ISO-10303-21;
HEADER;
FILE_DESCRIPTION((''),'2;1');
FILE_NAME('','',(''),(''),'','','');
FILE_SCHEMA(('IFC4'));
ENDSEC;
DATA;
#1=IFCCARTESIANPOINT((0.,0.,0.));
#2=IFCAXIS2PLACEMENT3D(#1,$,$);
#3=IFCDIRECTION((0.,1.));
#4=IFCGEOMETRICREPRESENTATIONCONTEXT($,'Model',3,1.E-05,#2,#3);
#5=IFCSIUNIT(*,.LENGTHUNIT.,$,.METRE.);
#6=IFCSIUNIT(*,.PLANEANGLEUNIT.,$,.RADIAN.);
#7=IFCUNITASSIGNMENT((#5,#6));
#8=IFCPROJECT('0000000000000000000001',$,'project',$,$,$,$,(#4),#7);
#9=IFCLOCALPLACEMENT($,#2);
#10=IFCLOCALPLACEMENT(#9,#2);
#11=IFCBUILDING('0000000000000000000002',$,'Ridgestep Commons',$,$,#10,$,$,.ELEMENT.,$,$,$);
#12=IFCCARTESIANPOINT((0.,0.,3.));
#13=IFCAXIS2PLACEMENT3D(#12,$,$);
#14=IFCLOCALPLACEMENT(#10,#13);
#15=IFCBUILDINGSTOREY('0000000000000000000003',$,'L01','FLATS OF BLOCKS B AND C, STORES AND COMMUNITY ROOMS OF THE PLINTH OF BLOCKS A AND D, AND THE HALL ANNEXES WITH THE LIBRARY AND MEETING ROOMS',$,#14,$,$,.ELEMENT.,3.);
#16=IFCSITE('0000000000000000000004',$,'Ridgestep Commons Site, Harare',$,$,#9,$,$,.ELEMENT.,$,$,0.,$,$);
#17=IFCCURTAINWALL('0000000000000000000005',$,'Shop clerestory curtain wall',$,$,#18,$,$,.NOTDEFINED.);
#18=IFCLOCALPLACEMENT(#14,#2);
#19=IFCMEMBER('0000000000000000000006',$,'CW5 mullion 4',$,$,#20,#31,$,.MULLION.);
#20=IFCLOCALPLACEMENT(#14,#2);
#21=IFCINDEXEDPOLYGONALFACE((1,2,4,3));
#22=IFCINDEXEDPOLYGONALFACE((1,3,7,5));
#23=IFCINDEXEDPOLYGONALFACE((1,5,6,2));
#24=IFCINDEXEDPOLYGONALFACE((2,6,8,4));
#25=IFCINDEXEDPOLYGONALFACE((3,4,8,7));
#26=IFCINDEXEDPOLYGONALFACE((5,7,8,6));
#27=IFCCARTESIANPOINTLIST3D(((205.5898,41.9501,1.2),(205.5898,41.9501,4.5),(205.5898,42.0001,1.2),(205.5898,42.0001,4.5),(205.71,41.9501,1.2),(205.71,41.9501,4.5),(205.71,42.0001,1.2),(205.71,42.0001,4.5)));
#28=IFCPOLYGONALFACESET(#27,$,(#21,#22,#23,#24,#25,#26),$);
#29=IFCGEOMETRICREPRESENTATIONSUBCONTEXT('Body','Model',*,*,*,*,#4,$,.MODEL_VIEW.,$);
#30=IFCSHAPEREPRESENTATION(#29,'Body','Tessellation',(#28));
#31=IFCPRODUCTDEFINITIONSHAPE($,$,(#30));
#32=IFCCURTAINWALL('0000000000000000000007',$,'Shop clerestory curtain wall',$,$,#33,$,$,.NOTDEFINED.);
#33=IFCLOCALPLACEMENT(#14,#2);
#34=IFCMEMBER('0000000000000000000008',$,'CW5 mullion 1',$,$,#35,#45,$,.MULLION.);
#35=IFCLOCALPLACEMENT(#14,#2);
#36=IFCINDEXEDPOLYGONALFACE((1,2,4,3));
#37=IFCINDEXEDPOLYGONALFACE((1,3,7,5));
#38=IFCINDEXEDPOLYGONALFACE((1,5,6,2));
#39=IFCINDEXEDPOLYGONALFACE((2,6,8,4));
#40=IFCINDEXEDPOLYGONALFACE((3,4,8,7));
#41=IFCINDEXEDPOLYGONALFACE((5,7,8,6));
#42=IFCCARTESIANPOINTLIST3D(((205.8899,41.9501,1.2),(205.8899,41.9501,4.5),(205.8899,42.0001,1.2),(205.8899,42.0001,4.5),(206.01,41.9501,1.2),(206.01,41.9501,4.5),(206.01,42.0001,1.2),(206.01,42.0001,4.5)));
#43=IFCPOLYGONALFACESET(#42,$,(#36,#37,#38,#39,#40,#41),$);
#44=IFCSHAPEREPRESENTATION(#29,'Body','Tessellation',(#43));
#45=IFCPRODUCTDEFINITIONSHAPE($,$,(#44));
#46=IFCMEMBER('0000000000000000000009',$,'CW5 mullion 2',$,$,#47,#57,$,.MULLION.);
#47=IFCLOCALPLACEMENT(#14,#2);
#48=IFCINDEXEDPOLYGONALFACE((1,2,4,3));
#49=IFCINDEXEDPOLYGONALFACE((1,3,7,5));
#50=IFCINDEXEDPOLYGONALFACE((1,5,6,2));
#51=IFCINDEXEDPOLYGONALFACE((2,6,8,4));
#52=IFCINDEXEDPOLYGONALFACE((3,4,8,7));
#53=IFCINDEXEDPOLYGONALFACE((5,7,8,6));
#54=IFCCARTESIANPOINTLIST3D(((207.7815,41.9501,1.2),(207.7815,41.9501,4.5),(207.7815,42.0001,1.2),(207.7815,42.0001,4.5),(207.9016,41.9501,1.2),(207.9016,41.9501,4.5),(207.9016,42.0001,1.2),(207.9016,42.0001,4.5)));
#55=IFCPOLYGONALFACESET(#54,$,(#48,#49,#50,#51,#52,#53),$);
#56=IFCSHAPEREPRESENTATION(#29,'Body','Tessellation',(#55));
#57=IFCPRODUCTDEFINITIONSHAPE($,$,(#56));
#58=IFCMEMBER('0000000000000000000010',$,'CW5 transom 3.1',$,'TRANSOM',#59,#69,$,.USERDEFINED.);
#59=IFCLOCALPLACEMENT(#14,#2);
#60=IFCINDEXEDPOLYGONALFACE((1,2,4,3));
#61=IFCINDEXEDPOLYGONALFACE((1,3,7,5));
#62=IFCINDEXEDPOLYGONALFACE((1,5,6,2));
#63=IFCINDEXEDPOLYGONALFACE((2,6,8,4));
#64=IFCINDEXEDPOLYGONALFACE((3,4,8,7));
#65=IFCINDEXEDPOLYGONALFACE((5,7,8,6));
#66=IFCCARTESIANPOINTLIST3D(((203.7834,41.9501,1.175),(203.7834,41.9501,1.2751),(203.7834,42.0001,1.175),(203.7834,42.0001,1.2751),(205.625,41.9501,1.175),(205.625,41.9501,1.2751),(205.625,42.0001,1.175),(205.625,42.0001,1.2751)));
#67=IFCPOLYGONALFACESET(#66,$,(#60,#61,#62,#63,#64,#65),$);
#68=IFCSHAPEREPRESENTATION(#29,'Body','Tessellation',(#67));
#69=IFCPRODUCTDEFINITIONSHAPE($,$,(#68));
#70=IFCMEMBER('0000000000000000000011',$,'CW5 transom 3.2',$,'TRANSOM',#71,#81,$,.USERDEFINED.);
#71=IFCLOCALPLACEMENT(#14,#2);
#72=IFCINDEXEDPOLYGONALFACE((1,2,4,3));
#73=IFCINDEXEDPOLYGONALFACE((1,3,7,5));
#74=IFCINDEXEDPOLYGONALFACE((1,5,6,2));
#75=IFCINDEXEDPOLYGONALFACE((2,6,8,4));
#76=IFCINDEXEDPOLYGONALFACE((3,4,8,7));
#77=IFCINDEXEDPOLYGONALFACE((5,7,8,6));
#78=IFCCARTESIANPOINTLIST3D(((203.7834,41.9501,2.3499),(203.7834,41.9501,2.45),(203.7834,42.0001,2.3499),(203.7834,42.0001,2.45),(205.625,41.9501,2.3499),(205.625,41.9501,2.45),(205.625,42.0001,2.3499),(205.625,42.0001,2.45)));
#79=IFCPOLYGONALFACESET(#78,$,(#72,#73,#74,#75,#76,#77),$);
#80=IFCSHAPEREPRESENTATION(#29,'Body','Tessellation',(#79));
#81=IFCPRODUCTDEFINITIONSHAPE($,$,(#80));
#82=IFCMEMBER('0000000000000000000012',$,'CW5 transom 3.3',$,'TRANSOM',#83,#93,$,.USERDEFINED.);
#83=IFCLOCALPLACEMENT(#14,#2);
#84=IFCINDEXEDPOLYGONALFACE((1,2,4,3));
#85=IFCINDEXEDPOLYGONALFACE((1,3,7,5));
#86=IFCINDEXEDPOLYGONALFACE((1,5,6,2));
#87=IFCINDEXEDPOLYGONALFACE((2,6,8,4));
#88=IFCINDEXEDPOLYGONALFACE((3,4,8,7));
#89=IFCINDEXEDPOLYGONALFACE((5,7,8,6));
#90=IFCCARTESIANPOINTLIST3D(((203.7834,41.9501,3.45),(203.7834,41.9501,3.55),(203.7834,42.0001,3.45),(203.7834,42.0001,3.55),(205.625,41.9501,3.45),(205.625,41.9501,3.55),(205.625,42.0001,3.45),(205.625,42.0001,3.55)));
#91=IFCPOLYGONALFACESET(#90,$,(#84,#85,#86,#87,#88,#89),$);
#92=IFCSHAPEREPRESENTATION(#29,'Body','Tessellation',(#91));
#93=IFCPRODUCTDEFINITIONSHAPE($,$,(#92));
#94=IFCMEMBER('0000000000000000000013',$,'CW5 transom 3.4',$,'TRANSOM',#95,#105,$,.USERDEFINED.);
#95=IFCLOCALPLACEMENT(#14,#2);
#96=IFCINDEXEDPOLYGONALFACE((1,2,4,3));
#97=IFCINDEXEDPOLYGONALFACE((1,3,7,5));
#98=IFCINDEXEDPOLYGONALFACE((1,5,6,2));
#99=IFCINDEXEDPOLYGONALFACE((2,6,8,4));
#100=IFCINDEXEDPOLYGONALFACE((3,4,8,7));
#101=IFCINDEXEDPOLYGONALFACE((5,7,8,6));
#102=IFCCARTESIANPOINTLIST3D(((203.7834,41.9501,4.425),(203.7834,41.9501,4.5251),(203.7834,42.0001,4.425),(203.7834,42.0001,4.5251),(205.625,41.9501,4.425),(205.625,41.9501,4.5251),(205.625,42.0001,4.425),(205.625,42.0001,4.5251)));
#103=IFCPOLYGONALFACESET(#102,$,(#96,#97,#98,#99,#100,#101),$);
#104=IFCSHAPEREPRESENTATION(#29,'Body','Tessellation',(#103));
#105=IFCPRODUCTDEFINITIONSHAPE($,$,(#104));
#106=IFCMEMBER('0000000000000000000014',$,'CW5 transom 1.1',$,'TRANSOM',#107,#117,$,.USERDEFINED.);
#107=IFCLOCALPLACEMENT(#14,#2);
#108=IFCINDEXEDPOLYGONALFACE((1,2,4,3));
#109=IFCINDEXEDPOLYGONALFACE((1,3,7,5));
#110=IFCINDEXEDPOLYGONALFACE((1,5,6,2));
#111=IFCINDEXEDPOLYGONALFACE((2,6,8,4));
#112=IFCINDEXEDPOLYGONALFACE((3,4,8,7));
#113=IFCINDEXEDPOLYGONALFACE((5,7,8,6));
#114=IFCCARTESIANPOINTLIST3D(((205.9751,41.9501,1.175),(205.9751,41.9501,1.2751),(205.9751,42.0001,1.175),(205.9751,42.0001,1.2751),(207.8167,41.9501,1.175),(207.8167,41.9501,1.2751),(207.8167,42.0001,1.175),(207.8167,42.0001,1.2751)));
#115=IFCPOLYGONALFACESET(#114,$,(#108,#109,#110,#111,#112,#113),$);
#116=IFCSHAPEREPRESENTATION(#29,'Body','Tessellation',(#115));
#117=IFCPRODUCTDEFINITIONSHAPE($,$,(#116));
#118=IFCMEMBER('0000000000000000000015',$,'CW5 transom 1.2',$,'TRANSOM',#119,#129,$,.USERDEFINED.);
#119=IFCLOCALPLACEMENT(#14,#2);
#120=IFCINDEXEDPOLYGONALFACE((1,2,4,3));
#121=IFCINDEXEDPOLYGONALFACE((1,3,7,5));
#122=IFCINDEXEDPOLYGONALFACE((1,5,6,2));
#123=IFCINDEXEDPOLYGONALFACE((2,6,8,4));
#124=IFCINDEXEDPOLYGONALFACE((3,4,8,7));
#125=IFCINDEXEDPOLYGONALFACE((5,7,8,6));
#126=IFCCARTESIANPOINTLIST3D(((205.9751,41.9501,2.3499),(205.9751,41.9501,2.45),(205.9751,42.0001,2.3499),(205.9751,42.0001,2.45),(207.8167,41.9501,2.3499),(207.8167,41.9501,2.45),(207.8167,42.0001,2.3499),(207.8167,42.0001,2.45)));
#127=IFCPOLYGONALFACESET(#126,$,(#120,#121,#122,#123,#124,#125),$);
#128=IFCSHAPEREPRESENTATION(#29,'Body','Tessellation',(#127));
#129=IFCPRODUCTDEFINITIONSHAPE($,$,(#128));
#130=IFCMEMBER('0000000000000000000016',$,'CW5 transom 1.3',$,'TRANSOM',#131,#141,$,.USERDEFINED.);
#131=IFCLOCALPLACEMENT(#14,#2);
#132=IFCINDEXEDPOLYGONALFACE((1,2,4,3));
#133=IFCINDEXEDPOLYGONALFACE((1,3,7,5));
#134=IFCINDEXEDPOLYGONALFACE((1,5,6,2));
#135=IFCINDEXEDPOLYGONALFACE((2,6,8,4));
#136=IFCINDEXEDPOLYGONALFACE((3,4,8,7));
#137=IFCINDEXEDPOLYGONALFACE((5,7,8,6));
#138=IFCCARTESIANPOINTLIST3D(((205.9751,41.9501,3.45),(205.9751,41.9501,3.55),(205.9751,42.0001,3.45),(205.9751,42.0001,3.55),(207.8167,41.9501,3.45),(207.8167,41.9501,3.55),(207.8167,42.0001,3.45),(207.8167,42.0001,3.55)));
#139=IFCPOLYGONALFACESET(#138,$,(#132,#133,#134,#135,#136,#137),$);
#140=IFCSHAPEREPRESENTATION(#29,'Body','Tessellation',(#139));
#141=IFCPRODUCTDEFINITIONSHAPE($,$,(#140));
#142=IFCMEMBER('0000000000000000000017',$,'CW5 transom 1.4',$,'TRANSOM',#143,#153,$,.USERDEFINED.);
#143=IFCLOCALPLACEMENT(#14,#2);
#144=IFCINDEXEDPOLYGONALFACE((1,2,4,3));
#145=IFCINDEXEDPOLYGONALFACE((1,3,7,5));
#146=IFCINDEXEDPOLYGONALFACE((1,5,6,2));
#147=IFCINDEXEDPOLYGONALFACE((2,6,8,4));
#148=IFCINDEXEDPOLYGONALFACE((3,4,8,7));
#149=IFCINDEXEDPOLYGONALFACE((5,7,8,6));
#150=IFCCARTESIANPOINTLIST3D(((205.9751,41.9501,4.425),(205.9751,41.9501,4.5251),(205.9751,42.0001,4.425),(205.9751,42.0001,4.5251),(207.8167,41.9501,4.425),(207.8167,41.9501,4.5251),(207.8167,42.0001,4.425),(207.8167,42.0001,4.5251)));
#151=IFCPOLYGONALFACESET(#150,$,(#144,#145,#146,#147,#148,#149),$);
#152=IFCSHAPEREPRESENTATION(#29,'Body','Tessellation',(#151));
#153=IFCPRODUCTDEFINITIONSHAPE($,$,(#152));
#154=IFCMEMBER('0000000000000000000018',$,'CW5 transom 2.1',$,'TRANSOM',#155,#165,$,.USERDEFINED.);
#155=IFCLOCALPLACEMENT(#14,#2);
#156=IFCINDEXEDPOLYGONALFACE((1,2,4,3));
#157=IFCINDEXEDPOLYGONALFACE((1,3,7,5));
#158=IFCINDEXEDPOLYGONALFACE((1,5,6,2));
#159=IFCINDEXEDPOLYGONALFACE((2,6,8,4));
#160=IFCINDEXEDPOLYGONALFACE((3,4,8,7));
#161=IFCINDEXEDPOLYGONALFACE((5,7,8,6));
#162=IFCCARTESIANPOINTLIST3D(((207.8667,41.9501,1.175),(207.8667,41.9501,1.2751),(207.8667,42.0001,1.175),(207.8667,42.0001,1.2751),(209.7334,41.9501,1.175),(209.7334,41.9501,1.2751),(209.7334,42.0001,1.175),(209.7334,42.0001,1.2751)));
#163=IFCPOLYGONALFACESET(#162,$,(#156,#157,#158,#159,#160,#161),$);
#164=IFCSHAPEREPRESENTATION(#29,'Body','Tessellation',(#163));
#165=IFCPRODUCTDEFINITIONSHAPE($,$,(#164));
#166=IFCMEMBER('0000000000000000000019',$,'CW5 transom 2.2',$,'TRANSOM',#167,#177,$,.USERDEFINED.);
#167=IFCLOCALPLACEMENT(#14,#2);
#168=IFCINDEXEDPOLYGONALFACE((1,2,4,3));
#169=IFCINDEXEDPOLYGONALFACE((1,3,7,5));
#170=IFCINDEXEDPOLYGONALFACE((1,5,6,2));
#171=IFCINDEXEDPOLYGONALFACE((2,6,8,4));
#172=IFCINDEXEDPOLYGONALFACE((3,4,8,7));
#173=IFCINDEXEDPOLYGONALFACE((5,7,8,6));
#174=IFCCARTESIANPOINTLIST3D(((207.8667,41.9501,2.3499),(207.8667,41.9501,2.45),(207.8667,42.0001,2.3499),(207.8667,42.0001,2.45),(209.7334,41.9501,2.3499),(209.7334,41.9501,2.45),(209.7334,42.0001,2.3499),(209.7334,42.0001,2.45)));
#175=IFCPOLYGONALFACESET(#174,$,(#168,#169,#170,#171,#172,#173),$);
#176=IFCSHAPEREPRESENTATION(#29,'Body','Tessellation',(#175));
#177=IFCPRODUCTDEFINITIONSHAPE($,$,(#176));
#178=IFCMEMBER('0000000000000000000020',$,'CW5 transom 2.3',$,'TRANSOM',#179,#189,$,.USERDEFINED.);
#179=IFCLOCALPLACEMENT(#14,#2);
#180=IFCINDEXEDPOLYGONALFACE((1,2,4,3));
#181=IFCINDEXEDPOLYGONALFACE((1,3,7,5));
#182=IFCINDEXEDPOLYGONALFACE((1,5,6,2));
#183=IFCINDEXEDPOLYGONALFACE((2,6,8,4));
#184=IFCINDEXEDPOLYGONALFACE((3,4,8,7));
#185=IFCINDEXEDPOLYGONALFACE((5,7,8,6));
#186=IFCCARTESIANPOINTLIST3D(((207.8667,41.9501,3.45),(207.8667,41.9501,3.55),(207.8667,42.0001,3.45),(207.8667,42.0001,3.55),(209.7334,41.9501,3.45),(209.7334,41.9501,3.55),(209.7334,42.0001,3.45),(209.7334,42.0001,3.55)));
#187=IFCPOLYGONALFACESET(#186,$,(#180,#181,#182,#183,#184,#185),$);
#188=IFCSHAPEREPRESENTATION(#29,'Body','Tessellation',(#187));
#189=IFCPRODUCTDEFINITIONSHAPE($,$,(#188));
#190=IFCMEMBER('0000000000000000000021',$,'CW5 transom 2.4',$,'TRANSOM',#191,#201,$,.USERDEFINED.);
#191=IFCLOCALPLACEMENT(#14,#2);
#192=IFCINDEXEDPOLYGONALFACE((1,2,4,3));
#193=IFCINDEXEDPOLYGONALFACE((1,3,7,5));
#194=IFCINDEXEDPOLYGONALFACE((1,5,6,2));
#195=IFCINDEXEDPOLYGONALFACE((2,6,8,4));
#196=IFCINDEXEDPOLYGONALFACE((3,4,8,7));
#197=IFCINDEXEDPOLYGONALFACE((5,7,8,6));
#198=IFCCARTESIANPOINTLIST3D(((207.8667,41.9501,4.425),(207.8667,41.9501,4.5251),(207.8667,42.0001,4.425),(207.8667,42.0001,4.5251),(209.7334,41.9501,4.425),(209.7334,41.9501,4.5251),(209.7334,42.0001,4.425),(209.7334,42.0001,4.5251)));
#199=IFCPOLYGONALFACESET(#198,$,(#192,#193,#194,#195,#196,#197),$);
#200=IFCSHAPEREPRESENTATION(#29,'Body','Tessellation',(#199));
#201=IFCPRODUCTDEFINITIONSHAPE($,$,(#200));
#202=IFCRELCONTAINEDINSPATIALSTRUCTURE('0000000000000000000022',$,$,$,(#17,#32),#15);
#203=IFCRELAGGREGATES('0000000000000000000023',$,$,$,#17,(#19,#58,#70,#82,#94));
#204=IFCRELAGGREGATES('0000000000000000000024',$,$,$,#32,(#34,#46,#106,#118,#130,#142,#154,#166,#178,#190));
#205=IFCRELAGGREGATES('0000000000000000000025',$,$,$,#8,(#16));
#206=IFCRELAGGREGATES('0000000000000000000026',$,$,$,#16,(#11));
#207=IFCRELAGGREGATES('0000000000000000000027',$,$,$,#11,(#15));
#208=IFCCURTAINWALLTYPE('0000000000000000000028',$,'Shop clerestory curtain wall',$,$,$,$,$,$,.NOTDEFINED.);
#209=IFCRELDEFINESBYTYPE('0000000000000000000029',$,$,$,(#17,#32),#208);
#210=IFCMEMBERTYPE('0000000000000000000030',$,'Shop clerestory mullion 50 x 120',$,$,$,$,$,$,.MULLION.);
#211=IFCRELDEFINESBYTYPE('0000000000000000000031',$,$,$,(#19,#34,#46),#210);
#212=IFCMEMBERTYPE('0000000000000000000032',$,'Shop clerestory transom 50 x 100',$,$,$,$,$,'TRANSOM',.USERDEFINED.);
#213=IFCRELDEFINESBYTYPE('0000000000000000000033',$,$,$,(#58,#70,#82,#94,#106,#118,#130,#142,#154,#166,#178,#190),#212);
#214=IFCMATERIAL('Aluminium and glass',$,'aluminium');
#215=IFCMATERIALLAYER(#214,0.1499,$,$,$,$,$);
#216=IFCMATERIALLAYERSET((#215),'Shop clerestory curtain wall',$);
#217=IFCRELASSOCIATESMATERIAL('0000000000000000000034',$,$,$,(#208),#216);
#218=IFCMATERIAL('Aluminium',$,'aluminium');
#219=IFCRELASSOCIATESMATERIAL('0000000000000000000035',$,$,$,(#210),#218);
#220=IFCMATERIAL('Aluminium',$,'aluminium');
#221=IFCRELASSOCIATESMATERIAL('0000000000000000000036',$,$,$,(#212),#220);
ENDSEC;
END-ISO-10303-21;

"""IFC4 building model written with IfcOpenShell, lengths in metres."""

from ifc_helpers import new_model, si_unit, direction, frame, origin, origin_2d, place, context, subcontext, project, spatial, rectangle, extrude, material, layer, layer_set, material_profile, profile_set, type_object, element, aggregate, save


model = new_model("IFC4")

# Units and contexts
model_context = context("Model", 3, precision=1e-05, world=origin(), true_north=direction((0.0, 1.0)))
body_context = subcontext(model_context, "Body", "Model", "MODEL_VIEW")
ifc_project = project(units=[si_unit("LENGTHUNIT", "METRE"), si_unit("PLANEANGLEUNIT", "RADIAN")], contexts=[model_context])

# Site, building, storey
site_placement = place(None, origin())
site = spatial("IfcSite", under=ifc_project, at=site_placement, Name="Ridgestep Commons Site, Harare", CompositionType="ELEMENT", RefElevation=0.0)
building_placement = place(site_placement, origin())
building = spatial("IfcBuilding", under=site, at=building_placement, Name="Ridgestep Commons", CompositionType="ELEMENT")
storey_placement = place(building_placement, frame((0.0, 0.0, 3.0)))
storey = spatial("IfcBuildingStorey", under=building, at=storey_placement, Name="L01", Description="FLATS OF BLOCKS B AND C, STORES AND COMMUNITY ROOMS OF THE PLINTH OF BLOCKS A AND D, AND THE HALL ANNEXES WITH THE LIBRARY AND MEETING ROOMS", CompositionType="ELEMENT", Elevation=3.0)

# Curtain wall, member
ifc_material_1 = material(Name="Aluminium and glass", Category="aluminium")
ifc_layer_1 = layer(ifc_material_1, 0.1499)
ifc_layer_set_1 = layer_set([ifc_layer_1], Name="Shop clerestory curtain wall")
curtain_wall_type = type_object("IfcCurtainWallType", Name="Shop clerestory curtain wall", PredefinedType="NOTDEFINED", material=ifc_layer_set_1)
curtain_wall_1_placement = place(storey_placement, origin())
curtain_wall_1 = element("IfcCurtainWall", 1, at=curtain_wall_1_placement, inside=storey, type_object=curtain_wall_type, Name="Shop clerestory curtain wall", PredefinedType="NOTDEFINED")
ifc_material_2 = material(Name="Aluminium", Category="aluminium")
ifc_material_profile_1 = material_profile(ifc_material_2, rectangle(XDim=0.05, YDim=0.1201, at=origin_2d()), Name="Shop clerestory mullion 50 x 120")
ifc_profile_set_1 = profile_set([ifc_material_profile_1], Name="Aluminium")
member_type_1 = type_object("IfcMemberType", Name="Shop clerestory mullion 50 x 120", PredefinedType="MULLION", material=ifc_profile_set_1)
member_1_placement = place(storey_placement, frame((205.6499, 41.9751, 1.2), z_axis=(0.0, 0.0, 1.0), x_axis=(0.0, 1.0, 0.0)))
member_1 = element("IfcMember", 2, at=member_1_placement, type_object=member_type_1, Name="CW5 mullion 4", PredefinedType="MULLION", context=body_context, shape_type="SweptSolid", body=[
    extrude(rectangle(XDim=0.05, YDim=0.1201, at=origin_2d()), origin(), (0.0, 0.0, 1.0), 3.3),
])

# Curtain wall, members
curtain_wall_2_placement = place(storey_placement, origin())
curtain_wall_2 = element("IfcCurtainWall", 3, at=curtain_wall_2_placement, inside=storey, type_object=curtain_wall_type, Name="Shop clerestory curtain wall", PredefinedType="NOTDEFINED")
member_2_placement = place(storey_placement, frame((205.95, 41.9751, 1.2), z_axis=(0.0, 0.0, 1.0), x_axis=(0.0, 1.0, 0.0)))
member_2 = element("IfcMember", 4, at=member_2_placement, type_object=member_type_1, Name="CW5 mullion 1", PredefinedType="MULLION", context=body_context, shape_type="SweptSolid", body=[
    extrude(rectangle(XDim=0.05, YDim=0.1201, at=origin_2d()), origin(), (0.0, 0.0, 1.0), 3.3),
])
member_3_placement = place(storey_placement, frame((207.8416, 41.9751, 1.2), z_axis=(0.0, 0.0, 1.0), x_axis=(0.0, 1.0, 0.0)))
member_3 = element("IfcMember", 5, at=member_3_placement, type_object=member_type_1, Name="CW5 mullion 2", PredefinedType="MULLION", context=body_context, shape_type="SweptSolid", body=[
    extrude(rectangle(XDim=0.05, YDim=0.1201, at=origin_2d()), origin(), (0.0, 0.0, 1.0), 3.3),
])

# Members
ifc_material_3 = material(Name="Aluminium", Category="aluminium")
ifc_material_profile_2 = material_profile(ifc_material_3, rectangle(XDim=0.05, YDim=0.1001, at=origin_2d()), Name="Shop clerestory transom 50 x 100")
ifc_profile_set_2 = profile_set([ifc_material_profile_2], Name="Aluminium")
member_type_2 = type_object("IfcMemberType", Name="Shop clerestory transom 50 x 100", ElementType="TRANSOM", PredefinedType="USERDEFINED", material=ifc_profile_set_2)
member_4_placement = place(storey_placement, frame((203.7834, 41.9751, 1.2251), z_axis=(1.0, 0.0, 0.0), x_axis=(0.0, 1.0, 0.0)))
member_4 = element("IfcMember", 6, at=member_4_placement, type_object=member_type_2, Name="CW5 transom 3.1", ObjectType="TRANSOM", PredefinedType="USERDEFINED", context=body_context, shape_type="SweptSolid", body=[
    extrude(rectangle(XDim=0.05, YDim=0.1001, at=origin_2d()), origin(), (0.0, 0.0, 1.0), 1.8416),
])
member_5_placement = place(storey_placement, frame((203.7834, 41.9751, 2.3999), z_axis=(1.0, 0.0, 0.0), x_axis=(0.0, 1.0, 0.0)))
member_5 = element("IfcMember", 7, at=member_5_placement, type_object=member_type_2, Name="CW5 transom 3.2", ObjectType="TRANSOM", PredefinedType="USERDEFINED", context=body_context, shape_type="SweptSolid", body=[
    extrude(rectangle(XDim=0.05, YDim=0.1001, at=origin_2d()), origin(), (0.0, 0.0, 1.0), 1.8416),
])
member_6_placement = place(storey_placement, frame((203.7834, 41.9751, 3.5), z_axis=(1.0, 0.0, 0.0), x_axis=(0.0, 1.0, 0.0)))
member_6 = element("IfcMember", 8, at=member_6_placement, type_object=member_type_2, Name="CW5 transom 3.3", ObjectType="TRANSOM", PredefinedType="USERDEFINED", context=body_context, shape_type="SweptSolid", body=[
    extrude(rectangle(XDim=0.05, YDim=0.1001, at=origin_2d()), origin(), (0.0, 0.0, 1.0), 1.8416),
])
member_7_placement = place(storey_placement, frame((203.7834, 41.9751, 4.4751), z_axis=(1.0, 0.0, 0.0), x_axis=(0.0, 1.0, 0.0)))
member_7 = element("IfcMember", 9, at=member_7_placement, type_object=member_type_2, Name="CW5 transom 3.4", ObjectType="TRANSOM", PredefinedType="USERDEFINED", context=body_context, shape_type="SweptSolid", body=[
    extrude(rectangle(XDim=0.05, YDim=0.1001, at=origin_2d()), origin(), (0.0, 0.0, 1.0), 1.8416),
])
member_8_placement = place(storey_placement, frame((205.9751, 41.9751, 1.2251), z_axis=(1.0, 0.0, 0.0), x_axis=(0.0, 1.0, 0.0)))
member_8 = element("IfcMember", 10, at=member_8_placement, type_object=member_type_2, Name="CW5 transom 1.1", ObjectType="TRANSOM", PredefinedType="USERDEFINED", context=body_context, shape_type="SweptSolid", body=[
    extrude(rectangle(XDim=0.05, YDim=0.1001, at=origin_2d()), origin(), (0.0, 0.0, 1.0), 1.8416),
])
member_9_placement = place(storey_placement, frame((205.9751, 41.9751, 2.3999), z_axis=(1.0, 0.0, 0.0), x_axis=(0.0, 1.0, 0.0)))
member_9 = element("IfcMember", 11, at=member_9_placement, type_object=member_type_2, Name="CW5 transom 1.2", ObjectType="TRANSOM", PredefinedType="USERDEFINED", context=body_context, shape_type="SweptSolid", body=[
    extrude(rectangle(XDim=0.05, YDim=0.1001, at=origin_2d()), origin(), (0.0, 0.0, 1.0), 1.8416),
])
member_10_placement = place(storey_placement, frame((205.9751, 41.9751, 3.5), z_axis=(1.0, 0.0, 0.0), x_axis=(0.0, 1.0, 0.0)))
member_10 = element("IfcMember", 12, at=member_10_placement, type_object=member_type_2, Name="CW5 transom 1.3", ObjectType="TRANSOM", PredefinedType="USERDEFINED", context=body_context, shape_type="SweptSolid", body=[
    extrude(rectangle(XDim=0.05, YDim=0.1001, at=origin_2d()), origin(), (0.0, 0.0, 1.0), 1.8416),
])
member_11_placement = place(storey_placement, frame((205.9751, 41.9751, 4.4751), z_axis=(1.0, 0.0, 0.0), x_axis=(0.0, 1.0, 0.0)))
member_11 = element("IfcMember", 13, at=member_11_placement, type_object=member_type_2, Name="CW5 transom 1.4", ObjectType="TRANSOM", PredefinedType="USERDEFINED", context=body_context, shape_type="SweptSolid", body=[
    extrude(rectangle(XDim=0.05, YDim=0.1001, at=origin_2d()), origin(), (0.0, 0.0, 1.0), 1.8416),
])
member_12_placement = place(storey_placement, frame((207.8667, 41.9751, 1.2251), z_axis=(1.0, 0.0, 0.0), x_axis=(0.0, 1.0, 0.0)))
member_12 = element("IfcMember", 14, at=member_12_placement, type_object=member_type_2, Name="CW5 transom 2.1", ObjectType="TRANSOM", PredefinedType="USERDEFINED", context=body_context, shape_type="SweptSolid", body=[
    extrude(rectangle(XDim=0.05, YDim=0.1001, at=origin_2d()), origin(), (0.0, 0.0, 1.0), 1.8667),
])
member_13_placement = place(storey_placement, frame((207.8667, 41.9751, 2.3999), z_axis=(1.0, 0.0, 0.0), x_axis=(0.0, 1.0, 0.0)))
member_13 = element("IfcMember", 15, at=member_13_placement, type_object=member_type_2, Name="CW5 transom 2.2", ObjectType="TRANSOM", PredefinedType="USERDEFINED", context=body_context, shape_type="SweptSolid", body=[
    extrude(rectangle(XDim=0.05, YDim=0.1001, at=origin_2d()), origin(), (0.0, 0.0, 1.0), 1.8667),
])
member_14_placement = place(storey_placement, frame((207.8667, 41.9751, 3.5), z_axis=(1.0, 0.0, 0.0), x_axis=(0.0, 1.0, 0.0)))
member_14 = element("IfcMember", 16, at=member_14_placement, type_object=member_type_2, Name="CW5 transom 2.3", ObjectType="TRANSOM", PredefinedType="USERDEFINED", context=body_context, shape_type="SweptSolid", body=[
    extrude(rectangle(XDim=0.05, YDim=0.1001, at=origin_2d()), origin(), (0.0, 0.0, 1.0), 1.8667),
])
member_15_placement = place(storey_placement, frame((207.8667, 41.9751, 4.4751), z_axis=(1.0, 0.0, 0.0), x_axis=(0.0, 1.0, 0.0)))
member_15 = element("IfcMember", 17, at=member_15_placement, type_object=member_type_2, Name="CW5 transom 2.4", ObjectType="TRANSOM", PredefinedType="USERDEFINED", context=body_context, shape_type="SweptSolid", body=[
    extrude(rectangle(XDim=0.05, YDim=0.1001, at=origin_2d()), origin(), (0.0, 0.0, 1.0), 1.8667),
])

aggregate(curtain_wall_1, [member_1, member_4, member_5, member_6, member_7])
aggregate(curtain_wall_2, [member_2, member_3, member_8, member_9, member_10, member_11, member_12, member_13, member_14, member_15])

save(model, "model.ifc")
